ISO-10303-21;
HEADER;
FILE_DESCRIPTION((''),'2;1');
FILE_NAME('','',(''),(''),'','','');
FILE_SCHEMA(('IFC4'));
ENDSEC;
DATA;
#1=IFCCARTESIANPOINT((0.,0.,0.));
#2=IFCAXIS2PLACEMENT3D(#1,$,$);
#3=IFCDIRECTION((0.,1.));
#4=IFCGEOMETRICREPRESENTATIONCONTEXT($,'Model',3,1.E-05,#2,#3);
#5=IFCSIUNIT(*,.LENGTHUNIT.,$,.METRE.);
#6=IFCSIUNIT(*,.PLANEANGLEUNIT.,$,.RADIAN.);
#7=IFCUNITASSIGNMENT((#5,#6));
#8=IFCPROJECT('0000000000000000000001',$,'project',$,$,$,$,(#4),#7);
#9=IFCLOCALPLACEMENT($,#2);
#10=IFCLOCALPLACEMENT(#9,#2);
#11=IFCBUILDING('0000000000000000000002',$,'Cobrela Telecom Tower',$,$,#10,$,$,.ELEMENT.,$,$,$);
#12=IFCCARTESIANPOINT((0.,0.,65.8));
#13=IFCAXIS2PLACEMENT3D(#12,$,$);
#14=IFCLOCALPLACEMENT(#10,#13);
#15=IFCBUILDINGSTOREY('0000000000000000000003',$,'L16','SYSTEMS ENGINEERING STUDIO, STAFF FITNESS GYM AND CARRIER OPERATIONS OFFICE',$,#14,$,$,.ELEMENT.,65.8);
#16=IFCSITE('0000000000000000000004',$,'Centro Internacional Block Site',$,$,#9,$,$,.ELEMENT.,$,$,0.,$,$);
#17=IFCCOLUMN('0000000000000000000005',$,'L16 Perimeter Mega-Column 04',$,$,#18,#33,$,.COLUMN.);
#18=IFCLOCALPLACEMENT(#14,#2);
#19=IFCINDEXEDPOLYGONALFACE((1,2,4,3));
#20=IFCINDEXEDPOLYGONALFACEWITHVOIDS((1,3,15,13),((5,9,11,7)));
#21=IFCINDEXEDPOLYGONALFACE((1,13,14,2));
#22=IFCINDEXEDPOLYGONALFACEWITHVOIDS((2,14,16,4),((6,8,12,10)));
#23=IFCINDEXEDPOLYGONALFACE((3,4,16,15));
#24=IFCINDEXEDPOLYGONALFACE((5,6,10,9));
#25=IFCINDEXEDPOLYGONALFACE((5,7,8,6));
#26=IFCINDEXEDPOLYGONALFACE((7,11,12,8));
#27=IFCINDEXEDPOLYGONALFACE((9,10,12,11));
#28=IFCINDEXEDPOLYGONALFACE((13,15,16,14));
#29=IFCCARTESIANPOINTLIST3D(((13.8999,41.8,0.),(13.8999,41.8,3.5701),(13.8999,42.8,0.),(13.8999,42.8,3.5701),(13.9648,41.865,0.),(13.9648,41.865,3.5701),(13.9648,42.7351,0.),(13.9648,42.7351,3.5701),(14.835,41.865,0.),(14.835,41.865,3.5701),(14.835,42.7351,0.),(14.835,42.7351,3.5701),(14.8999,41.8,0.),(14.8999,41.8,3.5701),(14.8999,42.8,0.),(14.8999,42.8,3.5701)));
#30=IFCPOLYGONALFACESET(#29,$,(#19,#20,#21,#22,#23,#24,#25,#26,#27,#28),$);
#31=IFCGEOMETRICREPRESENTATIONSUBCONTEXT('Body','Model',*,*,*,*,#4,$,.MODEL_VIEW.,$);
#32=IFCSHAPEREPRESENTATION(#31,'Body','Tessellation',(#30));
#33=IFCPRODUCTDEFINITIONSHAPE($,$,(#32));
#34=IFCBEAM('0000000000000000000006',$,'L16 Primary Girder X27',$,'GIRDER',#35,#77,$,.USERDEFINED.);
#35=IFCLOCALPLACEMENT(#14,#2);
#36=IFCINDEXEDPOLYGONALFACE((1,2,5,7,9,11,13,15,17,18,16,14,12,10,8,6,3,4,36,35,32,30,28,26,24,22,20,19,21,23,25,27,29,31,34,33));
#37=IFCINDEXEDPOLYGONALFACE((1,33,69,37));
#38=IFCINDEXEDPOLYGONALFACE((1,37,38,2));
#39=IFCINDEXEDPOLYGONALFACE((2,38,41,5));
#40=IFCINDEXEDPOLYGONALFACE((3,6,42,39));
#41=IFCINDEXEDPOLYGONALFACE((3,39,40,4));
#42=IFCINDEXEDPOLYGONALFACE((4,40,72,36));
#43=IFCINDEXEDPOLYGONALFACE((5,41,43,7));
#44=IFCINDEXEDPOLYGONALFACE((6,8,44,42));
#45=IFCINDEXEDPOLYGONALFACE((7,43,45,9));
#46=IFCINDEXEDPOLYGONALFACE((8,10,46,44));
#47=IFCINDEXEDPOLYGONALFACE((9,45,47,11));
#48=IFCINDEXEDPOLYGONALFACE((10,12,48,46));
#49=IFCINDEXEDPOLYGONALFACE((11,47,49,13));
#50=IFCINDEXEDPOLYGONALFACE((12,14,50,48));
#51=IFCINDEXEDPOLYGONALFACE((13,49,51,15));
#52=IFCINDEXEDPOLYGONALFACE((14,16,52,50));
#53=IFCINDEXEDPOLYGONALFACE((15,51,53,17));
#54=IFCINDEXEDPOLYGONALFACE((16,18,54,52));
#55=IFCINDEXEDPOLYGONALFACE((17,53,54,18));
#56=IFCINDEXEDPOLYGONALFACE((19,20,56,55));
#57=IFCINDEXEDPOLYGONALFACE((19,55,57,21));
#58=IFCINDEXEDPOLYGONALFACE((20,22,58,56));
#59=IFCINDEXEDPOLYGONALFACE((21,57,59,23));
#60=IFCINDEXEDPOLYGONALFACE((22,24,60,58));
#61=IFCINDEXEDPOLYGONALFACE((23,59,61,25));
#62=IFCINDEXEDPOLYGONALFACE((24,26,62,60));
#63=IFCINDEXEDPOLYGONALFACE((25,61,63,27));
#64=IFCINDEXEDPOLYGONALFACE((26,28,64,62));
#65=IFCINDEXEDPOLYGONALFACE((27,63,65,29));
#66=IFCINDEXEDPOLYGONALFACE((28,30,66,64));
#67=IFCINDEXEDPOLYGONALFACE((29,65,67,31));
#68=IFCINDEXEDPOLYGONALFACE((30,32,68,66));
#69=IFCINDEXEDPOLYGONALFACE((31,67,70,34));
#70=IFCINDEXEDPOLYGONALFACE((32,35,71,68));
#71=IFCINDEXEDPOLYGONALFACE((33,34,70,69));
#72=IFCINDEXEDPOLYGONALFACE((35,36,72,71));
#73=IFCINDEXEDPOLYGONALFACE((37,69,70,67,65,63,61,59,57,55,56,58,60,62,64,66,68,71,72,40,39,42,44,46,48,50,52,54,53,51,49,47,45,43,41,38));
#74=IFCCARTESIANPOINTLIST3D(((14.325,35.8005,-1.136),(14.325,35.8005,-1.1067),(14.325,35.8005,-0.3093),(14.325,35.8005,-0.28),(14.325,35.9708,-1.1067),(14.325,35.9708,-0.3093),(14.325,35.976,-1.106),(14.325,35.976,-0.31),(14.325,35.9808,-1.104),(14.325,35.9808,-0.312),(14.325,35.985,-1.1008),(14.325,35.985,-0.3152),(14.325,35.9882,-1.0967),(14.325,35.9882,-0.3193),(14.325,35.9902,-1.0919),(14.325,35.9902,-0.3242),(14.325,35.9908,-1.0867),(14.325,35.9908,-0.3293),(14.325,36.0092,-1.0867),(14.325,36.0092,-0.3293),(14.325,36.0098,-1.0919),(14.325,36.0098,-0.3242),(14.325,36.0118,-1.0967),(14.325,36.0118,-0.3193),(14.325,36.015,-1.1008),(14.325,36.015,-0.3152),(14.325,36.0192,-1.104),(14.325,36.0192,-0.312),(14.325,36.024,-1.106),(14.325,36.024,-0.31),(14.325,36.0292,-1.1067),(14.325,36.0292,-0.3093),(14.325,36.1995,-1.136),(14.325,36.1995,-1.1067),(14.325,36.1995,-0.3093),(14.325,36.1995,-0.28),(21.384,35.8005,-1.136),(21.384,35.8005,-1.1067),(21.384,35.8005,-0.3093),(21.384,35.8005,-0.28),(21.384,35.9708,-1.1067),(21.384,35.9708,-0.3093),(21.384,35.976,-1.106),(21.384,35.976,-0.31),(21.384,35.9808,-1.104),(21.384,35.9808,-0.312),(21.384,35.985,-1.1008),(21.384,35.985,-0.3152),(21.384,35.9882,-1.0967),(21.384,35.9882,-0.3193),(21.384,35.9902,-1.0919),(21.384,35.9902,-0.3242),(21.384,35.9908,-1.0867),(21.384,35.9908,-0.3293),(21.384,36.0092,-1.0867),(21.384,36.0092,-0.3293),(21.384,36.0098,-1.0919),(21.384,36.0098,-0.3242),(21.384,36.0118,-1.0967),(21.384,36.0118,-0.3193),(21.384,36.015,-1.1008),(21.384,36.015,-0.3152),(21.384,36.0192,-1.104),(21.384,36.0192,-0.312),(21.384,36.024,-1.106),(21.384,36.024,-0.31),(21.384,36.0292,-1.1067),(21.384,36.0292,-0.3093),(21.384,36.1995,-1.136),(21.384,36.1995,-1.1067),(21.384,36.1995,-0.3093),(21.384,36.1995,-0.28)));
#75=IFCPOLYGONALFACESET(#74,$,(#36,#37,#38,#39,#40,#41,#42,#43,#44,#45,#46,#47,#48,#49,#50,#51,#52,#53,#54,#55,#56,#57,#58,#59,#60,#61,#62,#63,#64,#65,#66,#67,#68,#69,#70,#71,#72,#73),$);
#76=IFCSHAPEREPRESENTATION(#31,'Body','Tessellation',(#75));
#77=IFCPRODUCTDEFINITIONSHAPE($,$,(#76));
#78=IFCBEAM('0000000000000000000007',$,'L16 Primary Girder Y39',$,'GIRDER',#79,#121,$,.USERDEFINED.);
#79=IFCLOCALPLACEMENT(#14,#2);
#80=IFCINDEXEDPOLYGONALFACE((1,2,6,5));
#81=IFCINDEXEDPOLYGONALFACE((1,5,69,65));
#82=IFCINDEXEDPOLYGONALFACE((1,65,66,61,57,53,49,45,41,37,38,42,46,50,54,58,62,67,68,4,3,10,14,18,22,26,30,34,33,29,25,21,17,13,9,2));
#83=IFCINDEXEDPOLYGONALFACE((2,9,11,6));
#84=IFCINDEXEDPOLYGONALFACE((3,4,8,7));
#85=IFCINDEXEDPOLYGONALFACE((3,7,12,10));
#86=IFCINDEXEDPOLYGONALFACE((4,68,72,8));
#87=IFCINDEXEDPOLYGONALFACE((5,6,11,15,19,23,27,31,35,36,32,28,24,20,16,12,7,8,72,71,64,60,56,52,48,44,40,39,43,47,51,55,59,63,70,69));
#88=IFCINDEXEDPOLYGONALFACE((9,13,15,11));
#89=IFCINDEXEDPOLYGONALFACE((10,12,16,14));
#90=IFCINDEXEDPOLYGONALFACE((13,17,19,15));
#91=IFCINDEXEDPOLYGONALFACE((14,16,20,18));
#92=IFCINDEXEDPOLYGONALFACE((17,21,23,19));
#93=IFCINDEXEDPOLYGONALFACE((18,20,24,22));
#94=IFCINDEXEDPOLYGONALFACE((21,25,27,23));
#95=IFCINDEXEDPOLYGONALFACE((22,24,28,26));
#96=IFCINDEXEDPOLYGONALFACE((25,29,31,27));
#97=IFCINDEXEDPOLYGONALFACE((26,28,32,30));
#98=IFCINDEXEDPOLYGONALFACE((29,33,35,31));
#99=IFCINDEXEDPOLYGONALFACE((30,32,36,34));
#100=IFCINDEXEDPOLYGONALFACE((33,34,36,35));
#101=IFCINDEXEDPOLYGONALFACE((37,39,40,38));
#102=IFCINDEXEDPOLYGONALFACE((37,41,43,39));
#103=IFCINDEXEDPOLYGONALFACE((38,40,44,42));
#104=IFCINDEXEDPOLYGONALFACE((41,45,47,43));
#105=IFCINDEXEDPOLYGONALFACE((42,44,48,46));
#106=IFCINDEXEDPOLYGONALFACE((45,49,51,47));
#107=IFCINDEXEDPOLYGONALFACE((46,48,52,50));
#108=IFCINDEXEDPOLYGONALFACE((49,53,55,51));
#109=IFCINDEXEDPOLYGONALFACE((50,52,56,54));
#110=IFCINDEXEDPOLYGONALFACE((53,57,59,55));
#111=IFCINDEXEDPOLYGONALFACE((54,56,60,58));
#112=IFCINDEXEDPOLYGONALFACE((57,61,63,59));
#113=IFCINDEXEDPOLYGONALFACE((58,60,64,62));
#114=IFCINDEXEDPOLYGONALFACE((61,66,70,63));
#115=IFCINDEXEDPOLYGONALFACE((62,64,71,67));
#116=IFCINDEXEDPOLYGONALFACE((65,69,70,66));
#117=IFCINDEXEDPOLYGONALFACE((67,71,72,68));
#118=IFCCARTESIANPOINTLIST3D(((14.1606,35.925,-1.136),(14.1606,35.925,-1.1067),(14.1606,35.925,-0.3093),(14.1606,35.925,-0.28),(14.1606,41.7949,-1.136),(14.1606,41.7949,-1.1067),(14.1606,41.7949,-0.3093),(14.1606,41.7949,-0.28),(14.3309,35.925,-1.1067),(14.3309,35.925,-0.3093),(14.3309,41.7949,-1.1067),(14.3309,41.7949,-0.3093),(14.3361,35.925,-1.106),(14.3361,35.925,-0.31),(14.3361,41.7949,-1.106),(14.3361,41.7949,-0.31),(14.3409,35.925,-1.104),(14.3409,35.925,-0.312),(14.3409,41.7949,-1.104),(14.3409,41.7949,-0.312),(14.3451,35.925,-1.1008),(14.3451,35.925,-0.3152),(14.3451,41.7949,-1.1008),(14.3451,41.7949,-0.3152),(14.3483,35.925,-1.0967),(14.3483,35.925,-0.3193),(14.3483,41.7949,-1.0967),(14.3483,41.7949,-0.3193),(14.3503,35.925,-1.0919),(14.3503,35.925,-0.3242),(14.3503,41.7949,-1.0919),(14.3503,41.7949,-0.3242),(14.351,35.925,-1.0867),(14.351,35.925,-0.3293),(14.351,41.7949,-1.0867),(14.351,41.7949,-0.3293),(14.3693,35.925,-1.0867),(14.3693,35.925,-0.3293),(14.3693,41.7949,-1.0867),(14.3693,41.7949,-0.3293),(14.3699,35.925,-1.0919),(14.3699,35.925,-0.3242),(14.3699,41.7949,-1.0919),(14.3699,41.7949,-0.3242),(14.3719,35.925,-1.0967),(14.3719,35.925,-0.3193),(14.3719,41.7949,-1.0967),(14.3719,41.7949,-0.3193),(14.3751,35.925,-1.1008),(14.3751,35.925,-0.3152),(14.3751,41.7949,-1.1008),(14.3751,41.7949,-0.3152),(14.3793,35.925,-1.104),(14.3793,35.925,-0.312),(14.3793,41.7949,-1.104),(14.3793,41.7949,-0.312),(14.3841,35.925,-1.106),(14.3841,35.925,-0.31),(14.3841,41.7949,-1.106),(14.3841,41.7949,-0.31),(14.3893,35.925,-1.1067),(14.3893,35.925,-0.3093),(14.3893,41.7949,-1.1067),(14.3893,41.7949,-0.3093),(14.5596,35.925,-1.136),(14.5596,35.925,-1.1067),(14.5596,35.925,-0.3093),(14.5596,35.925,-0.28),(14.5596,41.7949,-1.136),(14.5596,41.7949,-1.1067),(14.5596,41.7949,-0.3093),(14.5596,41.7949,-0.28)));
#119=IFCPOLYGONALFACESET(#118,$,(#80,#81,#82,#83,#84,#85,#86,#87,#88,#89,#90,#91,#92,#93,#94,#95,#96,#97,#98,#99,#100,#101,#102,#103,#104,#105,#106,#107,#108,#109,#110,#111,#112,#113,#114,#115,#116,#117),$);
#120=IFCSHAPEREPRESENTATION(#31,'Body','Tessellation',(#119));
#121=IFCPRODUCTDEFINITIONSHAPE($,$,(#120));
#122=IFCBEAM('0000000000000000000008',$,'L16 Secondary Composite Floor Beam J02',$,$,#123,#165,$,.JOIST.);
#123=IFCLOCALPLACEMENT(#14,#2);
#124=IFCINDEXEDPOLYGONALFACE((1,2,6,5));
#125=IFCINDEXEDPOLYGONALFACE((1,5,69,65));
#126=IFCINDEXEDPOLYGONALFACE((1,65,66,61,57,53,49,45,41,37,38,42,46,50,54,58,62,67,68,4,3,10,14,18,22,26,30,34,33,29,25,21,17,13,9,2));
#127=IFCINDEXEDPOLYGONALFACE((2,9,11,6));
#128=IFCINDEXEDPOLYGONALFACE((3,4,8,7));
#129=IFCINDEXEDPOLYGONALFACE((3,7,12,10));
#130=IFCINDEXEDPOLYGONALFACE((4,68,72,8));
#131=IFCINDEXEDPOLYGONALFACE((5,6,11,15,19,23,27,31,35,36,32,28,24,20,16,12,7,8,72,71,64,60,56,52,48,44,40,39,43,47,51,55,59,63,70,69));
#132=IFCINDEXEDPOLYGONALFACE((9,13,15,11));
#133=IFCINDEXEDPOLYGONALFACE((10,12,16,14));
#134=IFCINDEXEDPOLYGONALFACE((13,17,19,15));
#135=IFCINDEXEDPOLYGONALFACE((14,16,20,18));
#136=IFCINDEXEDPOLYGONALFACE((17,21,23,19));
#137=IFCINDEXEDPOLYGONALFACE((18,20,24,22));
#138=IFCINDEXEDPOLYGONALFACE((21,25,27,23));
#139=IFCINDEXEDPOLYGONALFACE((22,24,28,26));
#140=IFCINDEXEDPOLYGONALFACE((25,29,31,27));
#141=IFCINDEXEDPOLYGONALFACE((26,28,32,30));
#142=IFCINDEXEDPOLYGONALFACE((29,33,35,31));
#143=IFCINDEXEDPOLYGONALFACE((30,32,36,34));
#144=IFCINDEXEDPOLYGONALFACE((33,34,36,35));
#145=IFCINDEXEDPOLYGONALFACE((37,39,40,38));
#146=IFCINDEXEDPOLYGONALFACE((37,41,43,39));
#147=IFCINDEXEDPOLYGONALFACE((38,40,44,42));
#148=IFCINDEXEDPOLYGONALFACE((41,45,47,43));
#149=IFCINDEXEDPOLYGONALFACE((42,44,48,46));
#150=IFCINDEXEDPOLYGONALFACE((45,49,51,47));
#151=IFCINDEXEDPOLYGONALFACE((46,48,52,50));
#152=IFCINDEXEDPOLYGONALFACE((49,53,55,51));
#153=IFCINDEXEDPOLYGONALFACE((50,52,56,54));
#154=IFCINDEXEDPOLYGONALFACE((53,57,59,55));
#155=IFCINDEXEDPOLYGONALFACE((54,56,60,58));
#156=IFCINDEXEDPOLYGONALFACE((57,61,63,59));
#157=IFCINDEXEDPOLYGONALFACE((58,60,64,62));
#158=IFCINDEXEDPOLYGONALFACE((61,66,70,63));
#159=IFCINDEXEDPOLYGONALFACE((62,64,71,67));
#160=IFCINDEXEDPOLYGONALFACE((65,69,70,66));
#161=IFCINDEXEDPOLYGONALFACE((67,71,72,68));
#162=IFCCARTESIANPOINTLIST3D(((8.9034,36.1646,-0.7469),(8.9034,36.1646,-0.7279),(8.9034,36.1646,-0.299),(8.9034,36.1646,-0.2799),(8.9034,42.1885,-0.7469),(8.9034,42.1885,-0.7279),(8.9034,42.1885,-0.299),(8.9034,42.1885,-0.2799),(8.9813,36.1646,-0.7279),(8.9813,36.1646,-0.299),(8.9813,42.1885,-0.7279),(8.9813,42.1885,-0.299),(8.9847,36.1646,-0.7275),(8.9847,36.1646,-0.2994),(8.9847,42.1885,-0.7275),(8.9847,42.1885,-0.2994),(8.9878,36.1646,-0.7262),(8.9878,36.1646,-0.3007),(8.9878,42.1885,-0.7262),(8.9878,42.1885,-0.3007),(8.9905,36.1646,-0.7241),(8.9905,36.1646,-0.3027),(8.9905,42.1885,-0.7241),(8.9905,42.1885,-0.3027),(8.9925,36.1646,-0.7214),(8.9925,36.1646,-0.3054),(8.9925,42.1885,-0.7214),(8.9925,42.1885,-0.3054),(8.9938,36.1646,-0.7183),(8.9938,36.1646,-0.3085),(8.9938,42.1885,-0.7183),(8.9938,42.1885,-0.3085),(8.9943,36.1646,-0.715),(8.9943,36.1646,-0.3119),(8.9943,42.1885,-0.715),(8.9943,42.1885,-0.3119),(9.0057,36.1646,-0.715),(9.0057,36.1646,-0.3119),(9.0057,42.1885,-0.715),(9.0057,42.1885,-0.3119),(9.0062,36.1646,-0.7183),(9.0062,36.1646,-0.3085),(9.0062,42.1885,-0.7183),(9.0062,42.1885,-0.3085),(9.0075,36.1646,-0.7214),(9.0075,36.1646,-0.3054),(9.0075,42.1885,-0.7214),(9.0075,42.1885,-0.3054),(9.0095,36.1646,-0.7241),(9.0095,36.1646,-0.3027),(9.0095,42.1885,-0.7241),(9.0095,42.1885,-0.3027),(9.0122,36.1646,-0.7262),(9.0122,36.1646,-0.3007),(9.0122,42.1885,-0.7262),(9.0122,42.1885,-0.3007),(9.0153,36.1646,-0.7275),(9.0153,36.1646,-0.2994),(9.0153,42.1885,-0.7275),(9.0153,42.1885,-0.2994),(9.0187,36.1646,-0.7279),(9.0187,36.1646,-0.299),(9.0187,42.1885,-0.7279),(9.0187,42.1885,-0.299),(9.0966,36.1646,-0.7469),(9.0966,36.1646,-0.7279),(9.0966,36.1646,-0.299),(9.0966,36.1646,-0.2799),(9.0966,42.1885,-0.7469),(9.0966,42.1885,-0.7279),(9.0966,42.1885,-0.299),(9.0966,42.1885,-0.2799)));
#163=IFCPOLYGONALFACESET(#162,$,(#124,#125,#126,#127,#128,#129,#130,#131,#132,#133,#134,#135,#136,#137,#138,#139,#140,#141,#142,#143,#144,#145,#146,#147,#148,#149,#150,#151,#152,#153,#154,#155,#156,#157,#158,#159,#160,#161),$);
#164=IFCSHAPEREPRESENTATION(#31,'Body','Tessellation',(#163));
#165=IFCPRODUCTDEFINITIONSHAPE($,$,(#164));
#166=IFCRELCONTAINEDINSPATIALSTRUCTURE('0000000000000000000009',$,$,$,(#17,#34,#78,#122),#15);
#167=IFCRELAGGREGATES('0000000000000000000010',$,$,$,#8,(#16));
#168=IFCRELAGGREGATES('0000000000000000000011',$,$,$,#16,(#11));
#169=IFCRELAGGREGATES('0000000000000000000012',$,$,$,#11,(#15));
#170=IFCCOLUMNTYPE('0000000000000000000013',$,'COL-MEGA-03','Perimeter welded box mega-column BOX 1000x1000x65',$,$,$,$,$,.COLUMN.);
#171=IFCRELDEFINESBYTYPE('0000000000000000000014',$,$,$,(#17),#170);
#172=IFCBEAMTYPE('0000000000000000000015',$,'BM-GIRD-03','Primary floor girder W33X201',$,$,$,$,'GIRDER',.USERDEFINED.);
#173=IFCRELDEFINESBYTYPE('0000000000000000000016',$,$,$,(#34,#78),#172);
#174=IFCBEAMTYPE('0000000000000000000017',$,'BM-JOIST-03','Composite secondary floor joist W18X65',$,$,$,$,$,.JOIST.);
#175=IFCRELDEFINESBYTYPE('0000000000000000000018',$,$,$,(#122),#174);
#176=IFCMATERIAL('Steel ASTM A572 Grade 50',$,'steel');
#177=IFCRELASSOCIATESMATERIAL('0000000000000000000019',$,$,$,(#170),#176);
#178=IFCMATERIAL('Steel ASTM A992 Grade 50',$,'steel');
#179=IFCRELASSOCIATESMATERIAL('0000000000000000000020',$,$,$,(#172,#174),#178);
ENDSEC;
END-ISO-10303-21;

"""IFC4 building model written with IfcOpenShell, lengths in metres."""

from ifc_helpers import new_model, si_unit, direction, frame, origin, origin_2d, place, context, subcontext, project, spatial, hollow_rectangle, i_section, extrude, material, material_profile, profile_set, type_object, element, save


model = new_model("IFC4")

# Units and contexts
model_context = context("Model", 3, precision=1e-05, world=origin(), true_north=direction((0.0, 1.0)))
body_context = subcontext(model_context, "Body", "Model", "MODEL_VIEW")
ifc_project = project(units=[si_unit("LENGTHUNIT", "METRE"), si_unit("PLANEANGLEUNIT", "RADIAN")], contexts=[model_context])

# Site, building, storey
site_placement = place(None, origin())
site = spatial("IfcSite", under=ifc_project, at=site_placement, Name="Centro Internacional Block Site", CompositionType="ELEMENT", RefElevation=0.0)
building_placement = place(site_placement, origin())
building = spatial("IfcBuilding", under=site, at=building_placement, Name="Cobrela Telecom Tower", CompositionType="ELEMENT")
storey_placement = place(building_placement, frame((0.0, 0.0, 65.8)))
storey = spatial("IfcBuildingStorey", under=building, at=storey_placement, Name="L16", Description="SYSTEMS ENGINEERING STUDIO, STAFF FITNESS GYM AND CARRIER OPERATIONS OFFICE", CompositionType="ELEMENT", Elevation=65.8)

# Column
ifc_material_1 = material(Name="Steel ASTM A572 Grade 50", Category="steel")
ifc_material_profile_1 = material_profile(ifc_material_1, hollow_rectangle(XDim=1.0, YDim=1.0, WallThickness=0.0649, at=origin_2d()), Name="BOX 1000x1000x65")
ifc_profile_set_1 = profile_set([ifc_material_profile_1], Name="Steel ASTM A572 Grade 50")
column_type = type_object("IfcColumnType", Name="COL-MEGA-03", Description="Perimeter welded box mega-column BOX 1000x1000x65", PredefinedType="COLUMN", material=ifc_profile_set_1)
column_placement = place(storey_placement, frame((14.3999, 42.3, 0.0), z_axis=(0.0, 0.0, 1.0), x_axis=(1.0, 0.0, 0.0)))
element("IfcColumn", 1, at=column_placement, inside=storey, type_object=column_type, Name="L16 Perimeter Mega-Column 04", PredefinedType="COLUMN", context=body_context, shape_type="SweptSolid", body=[
    extrude(hollow_rectangle(XDim=1.0, YDim=1.0, WallThickness=0.0649, at=origin_2d()), origin(), (0.0, 0.0, 1.0), 3.5701),
])

# Beams
ifc_material_2 = material(Name="Steel ASTM A992 Grade 50", Category="steel")
ifc_material_profile_2 = material_profile(ifc_material_2, i_section(OverallWidth=0.3989, OverallDepth=0.856, WebThickness=0.0183, FlangeThickness=0.0293, FilletRadius=0.02, at=origin_2d()), Name="W33X201")
ifc_profile_set_2 = profile_set([ifc_material_profile_2], Name="Steel ASTM A992 Grade 50")
beam_type_1 = type_object("IfcBeamType", Name="BM-GIRD-03", Description="Primary floor girder W33X201", ElementType="GIRDER", PredefinedType="USERDEFINED", material=ifc_profile_set_2)
beam_1_placement = place(storey_placement, frame((14.325, 36.0, -0.708), z_axis=(1.0, 0.0, 0.0), x_axis=(0.0, 1.0, 0.0)))
element("IfcBeam", 2, at=beam_1_placement, inside=storey, type_object=beam_type_1, Name="L16 Primary Girder X27", ObjectType="GIRDER", PredefinedType="USERDEFINED", context=body_context, shape_type="SweptSolid", body=[
    extrude(i_section(OverallWidth=0.3989, OverallDepth=0.856, WebThickness=0.0183, FlangeThickness=0.0293, FilletRadius=0.02, at=origin_2d()), origin(), (0.0, 0.0, 1.0), 7.0591),
])
beam_2_placement = place(storey_placement, frame((14.3601, 35.925, -0.708), z_axis=(0.0, 1.0, 0.0), x_axis=(-1.0, 0.0, 0.0)))
element("IfcBeam", 3, at=beam_2_placement, inside=storey, type_object=beam_type_1, Name="L16 Primary Girder Y39", ObjectType="GIRDER", PredefinedType="USERDEFINED", context=body_context, shape_type="SweptSolid", body=[
    extrude(i_section(OverallWidth=0.3989, OverallDepth=0.856, WebThickness=0.0183, FlangeThickness=0.0293, FilletRadius=0.02, at=origin_2d()), origin(), (0.0, 0.0, 1.0), 5.8699),
])
ifc_material_profile_3 = material_profile(ifc_material_2, i_section(OverallWidth=0.1931, OverallDepth=0.467, WebThickness=0.0115, FlangeThickness=0.019, FilletRadius=0.0129, at=origin_2d()), Name="W18X65")
ifc_profile_set_3 = profile_set([ifc_material_profile_3], Name="Steel ASTM A992 Grade 50")
beam_type_2 = type_object("IfcBeamType", Name="BM-JOIST-03", Description="Composite secondary floor joist W18X65", PredefinedType="JOIST", material=ifc_profile_set_3)
for number, where, z_axis, x_axis, name in (
    (4, (9.0, 36.1646, -0.5134), (0.0, 1.0, 0.0), (-1.0, 0.0, 0.0), "L16 Secondary Composite Floor Beam J02"),
):
    element("IfcBeam", number, at=place(storey_placement, frame(where, z_axis=z_axis, x_axis=x_axis)), inside=storey, type_object=beam_type_2, Name=name, PredefinedType="JOIST", context=body_context, shape_type="SweptSolid", body=[
        extrude(i_section(OverallWidth=0.1931, OverallDepth=0.467, WebThickness=0.0115, FlangeThickness=0.019, FilletRadius=0.0129, at=origin_2d()), origin(), (0.0, 0.0, 1.0), 6.0239),
    ])

save(model, "model.ifc")
